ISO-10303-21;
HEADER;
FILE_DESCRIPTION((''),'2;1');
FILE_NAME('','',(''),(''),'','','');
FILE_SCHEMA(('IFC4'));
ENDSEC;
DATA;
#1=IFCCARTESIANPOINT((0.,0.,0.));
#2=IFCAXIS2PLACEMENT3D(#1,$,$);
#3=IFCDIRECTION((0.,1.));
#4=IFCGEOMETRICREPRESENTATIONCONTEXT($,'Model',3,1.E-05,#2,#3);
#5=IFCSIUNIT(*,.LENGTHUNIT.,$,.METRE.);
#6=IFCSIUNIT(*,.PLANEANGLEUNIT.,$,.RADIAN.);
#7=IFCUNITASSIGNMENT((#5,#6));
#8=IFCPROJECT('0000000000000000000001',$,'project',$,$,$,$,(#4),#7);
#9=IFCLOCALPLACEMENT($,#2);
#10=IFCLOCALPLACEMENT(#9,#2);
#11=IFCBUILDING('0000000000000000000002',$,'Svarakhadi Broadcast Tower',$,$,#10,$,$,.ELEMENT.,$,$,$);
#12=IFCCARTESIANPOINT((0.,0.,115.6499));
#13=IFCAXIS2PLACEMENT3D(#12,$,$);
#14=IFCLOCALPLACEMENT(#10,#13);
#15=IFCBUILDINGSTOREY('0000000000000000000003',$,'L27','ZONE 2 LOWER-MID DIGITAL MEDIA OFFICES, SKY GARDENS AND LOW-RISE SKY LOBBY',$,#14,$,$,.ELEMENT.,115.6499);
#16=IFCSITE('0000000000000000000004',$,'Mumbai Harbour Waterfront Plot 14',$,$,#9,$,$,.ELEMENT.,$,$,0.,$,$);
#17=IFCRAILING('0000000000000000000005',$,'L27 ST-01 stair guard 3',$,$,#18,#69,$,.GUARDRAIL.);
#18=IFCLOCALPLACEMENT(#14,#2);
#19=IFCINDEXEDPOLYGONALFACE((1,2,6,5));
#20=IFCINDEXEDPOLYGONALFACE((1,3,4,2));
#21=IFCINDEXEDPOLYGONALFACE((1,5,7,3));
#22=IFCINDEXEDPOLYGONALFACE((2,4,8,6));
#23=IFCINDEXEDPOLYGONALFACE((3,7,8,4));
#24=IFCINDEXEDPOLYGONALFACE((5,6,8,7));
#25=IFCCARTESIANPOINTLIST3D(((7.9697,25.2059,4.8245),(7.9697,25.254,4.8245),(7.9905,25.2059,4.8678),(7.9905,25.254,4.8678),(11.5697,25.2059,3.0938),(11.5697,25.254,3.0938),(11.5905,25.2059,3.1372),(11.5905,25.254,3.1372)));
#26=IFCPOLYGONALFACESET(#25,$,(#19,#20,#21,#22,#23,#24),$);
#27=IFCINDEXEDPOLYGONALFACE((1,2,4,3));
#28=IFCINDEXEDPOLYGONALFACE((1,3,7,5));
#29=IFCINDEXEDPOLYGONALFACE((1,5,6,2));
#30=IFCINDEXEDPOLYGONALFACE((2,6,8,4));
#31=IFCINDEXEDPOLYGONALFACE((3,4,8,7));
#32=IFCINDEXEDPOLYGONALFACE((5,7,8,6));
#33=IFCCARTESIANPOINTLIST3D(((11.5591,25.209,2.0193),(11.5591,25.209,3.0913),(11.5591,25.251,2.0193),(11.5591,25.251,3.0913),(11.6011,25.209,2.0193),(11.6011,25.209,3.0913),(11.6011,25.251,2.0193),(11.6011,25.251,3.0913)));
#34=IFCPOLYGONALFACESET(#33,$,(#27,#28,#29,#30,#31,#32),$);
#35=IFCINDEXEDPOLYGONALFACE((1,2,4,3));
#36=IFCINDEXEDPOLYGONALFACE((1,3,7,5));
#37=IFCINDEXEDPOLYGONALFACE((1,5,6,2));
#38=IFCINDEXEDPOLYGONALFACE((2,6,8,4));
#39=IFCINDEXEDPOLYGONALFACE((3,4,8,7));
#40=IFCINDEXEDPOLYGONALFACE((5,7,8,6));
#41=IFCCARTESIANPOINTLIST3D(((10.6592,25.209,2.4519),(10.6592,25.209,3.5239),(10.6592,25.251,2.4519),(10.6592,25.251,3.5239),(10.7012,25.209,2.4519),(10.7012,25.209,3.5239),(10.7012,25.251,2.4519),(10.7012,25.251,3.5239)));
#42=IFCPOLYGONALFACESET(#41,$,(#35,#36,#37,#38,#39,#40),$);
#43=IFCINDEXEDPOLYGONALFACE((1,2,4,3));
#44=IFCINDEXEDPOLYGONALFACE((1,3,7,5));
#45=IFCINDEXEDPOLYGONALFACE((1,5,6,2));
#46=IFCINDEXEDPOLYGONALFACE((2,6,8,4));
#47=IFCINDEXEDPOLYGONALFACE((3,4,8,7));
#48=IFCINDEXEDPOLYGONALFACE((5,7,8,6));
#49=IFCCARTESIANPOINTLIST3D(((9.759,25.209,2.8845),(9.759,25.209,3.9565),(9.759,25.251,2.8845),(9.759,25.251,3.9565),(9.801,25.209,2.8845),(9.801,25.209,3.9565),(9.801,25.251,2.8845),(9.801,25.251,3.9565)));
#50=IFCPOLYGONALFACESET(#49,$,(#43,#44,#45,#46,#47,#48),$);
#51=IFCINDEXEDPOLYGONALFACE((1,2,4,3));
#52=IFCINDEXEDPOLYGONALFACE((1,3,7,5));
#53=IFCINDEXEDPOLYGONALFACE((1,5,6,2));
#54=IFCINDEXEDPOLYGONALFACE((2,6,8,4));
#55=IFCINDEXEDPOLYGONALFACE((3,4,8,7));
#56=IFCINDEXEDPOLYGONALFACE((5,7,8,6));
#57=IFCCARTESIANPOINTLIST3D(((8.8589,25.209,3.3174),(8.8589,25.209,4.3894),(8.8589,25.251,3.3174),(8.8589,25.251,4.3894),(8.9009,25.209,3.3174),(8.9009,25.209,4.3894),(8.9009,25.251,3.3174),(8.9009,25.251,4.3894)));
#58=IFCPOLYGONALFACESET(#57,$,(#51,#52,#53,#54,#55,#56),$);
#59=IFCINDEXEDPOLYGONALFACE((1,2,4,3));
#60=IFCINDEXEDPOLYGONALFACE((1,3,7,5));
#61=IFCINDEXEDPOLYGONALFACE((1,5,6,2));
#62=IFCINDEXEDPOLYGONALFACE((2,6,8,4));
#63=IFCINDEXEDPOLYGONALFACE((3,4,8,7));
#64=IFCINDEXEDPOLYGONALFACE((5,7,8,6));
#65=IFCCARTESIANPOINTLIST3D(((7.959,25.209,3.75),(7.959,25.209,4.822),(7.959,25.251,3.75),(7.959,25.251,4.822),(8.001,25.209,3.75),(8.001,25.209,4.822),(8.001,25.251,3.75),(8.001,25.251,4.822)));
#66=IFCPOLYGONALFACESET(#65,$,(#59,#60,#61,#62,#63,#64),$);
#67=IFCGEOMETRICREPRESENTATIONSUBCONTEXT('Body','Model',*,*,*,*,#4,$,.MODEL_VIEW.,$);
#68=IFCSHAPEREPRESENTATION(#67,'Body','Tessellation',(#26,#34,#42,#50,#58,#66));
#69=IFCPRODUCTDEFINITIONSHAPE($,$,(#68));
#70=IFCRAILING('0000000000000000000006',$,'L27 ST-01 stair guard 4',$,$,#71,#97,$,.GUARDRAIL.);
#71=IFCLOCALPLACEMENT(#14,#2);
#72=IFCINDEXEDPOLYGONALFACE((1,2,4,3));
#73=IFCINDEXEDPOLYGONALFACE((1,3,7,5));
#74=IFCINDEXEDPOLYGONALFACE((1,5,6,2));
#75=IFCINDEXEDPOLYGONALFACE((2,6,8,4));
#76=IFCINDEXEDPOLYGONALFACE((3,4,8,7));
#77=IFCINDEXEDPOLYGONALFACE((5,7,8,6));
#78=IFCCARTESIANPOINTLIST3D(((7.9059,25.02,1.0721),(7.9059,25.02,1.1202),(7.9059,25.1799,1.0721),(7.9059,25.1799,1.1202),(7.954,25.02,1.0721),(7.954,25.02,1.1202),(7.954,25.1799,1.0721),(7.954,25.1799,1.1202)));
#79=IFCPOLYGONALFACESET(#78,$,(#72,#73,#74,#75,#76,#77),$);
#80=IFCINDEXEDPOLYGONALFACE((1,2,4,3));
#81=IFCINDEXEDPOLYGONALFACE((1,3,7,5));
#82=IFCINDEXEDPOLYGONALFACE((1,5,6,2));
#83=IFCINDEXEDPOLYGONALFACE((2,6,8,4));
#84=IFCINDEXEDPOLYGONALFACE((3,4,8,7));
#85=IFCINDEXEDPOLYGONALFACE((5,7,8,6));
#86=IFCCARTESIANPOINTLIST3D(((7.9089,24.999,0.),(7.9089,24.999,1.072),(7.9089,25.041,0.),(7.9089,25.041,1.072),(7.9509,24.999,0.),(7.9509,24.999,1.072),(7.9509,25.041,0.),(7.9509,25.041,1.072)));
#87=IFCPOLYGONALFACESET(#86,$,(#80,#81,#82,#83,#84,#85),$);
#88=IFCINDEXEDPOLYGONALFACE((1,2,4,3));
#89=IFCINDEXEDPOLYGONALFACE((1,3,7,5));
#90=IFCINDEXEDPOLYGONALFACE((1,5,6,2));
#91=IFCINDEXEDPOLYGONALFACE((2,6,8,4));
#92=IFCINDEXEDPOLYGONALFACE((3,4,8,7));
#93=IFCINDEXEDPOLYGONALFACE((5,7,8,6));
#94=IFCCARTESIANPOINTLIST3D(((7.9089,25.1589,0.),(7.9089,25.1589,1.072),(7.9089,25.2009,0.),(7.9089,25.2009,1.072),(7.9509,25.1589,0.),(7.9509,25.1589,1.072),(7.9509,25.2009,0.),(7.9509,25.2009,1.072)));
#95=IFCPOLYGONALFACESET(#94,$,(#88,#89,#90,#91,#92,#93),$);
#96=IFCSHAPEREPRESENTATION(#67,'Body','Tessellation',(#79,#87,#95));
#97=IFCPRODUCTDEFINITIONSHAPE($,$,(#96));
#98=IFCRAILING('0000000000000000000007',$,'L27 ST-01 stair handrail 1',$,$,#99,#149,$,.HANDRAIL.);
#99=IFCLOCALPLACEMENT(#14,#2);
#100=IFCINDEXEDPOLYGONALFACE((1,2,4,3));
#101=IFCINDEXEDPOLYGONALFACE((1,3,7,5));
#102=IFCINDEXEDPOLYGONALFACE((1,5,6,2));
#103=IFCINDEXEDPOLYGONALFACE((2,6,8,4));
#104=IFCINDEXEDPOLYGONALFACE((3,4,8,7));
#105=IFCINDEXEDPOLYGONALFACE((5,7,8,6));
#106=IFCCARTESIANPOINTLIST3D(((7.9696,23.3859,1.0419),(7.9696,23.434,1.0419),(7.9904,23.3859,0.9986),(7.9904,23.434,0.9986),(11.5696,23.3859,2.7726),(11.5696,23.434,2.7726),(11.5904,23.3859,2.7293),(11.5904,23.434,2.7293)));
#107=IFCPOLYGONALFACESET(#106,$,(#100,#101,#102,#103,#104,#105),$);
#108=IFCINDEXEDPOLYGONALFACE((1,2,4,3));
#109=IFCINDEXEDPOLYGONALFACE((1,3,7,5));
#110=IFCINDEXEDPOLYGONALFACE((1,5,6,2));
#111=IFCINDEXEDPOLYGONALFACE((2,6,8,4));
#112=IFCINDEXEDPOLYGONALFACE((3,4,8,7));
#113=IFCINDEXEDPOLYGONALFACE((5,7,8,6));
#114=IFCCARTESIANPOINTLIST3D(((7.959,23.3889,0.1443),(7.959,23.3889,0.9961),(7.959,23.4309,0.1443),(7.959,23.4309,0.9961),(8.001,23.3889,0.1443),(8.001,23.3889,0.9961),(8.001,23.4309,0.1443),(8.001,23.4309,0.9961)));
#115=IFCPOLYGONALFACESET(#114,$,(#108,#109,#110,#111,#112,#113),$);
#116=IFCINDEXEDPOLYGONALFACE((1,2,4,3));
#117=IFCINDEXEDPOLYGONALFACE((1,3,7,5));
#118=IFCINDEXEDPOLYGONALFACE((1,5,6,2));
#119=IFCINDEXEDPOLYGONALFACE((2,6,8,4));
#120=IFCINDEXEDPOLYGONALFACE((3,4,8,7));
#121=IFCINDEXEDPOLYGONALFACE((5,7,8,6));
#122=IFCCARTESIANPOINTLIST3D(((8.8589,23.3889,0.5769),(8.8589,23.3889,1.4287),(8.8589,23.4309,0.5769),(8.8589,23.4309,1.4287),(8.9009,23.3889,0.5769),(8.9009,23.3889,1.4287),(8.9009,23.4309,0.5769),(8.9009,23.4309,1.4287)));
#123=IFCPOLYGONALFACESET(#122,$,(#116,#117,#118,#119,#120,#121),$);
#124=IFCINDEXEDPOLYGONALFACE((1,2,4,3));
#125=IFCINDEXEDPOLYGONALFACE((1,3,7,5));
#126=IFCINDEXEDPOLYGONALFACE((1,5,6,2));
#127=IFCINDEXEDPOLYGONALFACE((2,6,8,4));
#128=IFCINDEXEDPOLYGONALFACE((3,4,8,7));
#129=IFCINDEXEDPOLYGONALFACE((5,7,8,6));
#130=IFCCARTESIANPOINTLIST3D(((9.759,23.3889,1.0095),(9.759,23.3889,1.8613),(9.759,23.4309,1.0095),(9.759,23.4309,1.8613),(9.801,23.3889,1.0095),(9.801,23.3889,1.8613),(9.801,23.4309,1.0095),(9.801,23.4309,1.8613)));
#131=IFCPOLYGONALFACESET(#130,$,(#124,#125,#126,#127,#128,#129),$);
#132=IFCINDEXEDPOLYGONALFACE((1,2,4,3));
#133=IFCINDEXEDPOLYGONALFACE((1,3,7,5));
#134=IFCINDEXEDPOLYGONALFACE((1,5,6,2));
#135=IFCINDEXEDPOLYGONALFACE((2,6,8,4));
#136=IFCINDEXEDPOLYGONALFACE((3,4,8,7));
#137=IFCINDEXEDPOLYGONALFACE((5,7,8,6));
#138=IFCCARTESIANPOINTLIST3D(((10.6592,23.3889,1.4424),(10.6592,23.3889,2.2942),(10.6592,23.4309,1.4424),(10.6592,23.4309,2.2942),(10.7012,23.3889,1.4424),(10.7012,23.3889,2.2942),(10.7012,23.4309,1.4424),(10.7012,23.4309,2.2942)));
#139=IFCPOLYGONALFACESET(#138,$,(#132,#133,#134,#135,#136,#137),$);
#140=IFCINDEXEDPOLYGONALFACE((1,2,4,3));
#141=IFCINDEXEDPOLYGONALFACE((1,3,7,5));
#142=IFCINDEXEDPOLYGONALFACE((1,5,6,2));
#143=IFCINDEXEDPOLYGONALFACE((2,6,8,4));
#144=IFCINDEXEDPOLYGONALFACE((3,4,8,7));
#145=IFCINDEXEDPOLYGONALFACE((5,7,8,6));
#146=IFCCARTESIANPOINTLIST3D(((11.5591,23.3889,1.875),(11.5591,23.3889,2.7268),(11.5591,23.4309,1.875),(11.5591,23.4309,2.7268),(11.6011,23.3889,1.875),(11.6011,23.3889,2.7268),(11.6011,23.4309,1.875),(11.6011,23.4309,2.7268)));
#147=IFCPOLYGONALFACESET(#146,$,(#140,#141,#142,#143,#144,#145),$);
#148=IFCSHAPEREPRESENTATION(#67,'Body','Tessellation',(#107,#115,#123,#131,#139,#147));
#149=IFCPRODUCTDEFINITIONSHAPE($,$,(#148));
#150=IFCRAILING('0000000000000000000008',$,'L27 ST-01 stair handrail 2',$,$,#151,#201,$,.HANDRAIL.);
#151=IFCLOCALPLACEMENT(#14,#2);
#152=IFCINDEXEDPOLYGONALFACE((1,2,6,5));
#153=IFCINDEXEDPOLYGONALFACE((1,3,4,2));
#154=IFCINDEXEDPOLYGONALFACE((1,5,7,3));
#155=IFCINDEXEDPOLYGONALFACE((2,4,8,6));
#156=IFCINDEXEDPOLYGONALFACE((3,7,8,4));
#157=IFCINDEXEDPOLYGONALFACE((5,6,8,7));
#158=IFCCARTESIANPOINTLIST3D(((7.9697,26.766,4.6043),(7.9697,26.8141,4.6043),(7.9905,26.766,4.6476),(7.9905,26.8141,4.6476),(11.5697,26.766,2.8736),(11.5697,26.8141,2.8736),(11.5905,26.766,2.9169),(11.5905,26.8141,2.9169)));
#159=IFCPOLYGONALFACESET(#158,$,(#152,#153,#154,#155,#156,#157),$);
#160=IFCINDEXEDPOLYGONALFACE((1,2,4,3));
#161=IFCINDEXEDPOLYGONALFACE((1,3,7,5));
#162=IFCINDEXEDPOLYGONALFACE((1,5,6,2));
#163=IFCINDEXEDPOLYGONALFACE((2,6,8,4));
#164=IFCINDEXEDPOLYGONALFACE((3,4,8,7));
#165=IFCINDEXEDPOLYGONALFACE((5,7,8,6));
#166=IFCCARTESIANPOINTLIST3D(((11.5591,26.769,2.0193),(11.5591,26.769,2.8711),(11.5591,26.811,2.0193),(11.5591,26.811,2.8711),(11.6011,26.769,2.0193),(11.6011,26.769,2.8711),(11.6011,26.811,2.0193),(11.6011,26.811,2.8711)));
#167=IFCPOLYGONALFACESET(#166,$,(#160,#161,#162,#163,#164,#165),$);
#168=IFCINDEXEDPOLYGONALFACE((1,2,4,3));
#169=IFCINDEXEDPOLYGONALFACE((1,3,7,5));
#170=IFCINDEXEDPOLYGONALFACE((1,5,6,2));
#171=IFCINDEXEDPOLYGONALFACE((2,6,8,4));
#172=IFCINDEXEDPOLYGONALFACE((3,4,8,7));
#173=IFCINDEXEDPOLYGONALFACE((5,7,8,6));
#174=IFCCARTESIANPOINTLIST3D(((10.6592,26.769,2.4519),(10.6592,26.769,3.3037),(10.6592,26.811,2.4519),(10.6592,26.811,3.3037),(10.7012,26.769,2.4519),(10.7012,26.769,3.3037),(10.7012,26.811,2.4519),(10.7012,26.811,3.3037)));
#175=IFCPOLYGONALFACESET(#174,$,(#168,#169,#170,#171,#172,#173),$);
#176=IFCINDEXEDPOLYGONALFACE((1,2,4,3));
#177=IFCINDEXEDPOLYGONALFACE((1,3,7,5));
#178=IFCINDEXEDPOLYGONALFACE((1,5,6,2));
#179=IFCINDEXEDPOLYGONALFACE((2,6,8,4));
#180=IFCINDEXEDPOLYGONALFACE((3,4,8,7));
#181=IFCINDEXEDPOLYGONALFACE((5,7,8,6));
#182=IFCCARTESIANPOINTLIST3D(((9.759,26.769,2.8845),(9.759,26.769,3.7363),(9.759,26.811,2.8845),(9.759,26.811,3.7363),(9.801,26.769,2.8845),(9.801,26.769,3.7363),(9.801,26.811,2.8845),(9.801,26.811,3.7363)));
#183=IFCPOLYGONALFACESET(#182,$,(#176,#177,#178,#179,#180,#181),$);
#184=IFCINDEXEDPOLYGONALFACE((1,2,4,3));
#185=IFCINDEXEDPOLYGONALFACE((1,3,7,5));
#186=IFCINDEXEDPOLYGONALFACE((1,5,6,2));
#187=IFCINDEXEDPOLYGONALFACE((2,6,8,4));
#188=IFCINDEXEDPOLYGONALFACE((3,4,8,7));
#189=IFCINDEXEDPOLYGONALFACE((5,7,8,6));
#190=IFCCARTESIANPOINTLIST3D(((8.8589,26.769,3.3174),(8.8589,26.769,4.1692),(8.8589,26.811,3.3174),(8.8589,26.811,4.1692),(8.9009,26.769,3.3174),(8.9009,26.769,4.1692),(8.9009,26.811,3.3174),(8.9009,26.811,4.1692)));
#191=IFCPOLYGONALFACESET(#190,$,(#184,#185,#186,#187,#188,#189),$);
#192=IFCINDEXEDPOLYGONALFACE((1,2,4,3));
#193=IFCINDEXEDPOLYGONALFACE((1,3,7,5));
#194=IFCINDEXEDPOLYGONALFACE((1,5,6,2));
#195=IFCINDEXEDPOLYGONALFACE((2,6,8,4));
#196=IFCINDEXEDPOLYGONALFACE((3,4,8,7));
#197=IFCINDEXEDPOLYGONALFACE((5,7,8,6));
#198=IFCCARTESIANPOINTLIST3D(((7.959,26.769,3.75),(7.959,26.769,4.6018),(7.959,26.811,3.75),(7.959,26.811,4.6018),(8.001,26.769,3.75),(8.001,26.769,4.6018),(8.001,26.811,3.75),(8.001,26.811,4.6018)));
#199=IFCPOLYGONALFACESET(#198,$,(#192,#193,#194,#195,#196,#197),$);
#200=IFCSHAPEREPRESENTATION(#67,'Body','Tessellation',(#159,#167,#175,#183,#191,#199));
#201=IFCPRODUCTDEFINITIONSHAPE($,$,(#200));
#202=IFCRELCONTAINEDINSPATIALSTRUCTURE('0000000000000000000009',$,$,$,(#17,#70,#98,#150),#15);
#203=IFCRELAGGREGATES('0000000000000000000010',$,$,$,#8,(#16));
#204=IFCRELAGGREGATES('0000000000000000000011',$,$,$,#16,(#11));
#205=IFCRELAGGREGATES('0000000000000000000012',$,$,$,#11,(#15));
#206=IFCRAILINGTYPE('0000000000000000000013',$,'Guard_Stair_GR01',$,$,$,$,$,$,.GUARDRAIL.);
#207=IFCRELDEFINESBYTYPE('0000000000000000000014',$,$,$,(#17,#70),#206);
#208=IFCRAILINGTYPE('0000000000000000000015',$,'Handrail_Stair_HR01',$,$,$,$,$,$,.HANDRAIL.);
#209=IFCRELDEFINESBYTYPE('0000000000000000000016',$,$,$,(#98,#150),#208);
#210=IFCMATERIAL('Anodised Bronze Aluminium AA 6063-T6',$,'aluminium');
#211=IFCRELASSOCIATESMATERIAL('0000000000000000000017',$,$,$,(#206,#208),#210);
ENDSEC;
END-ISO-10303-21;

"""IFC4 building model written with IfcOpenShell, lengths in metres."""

from ifc_helpers import new_model, si_unit, direction, frame, origin, origin_2d, place, context, subcontext, project, spatial, rectangle, extrude, material, type_object, element, save


model = new_model("IFC4")

# Units and contexts
model_context = context("Model", 3, precision=1e-05, world=origin(), true_north=direction((0.0, 1.0)))
body_context = subcontext(model_context, "Body", "Model", "MODEL_VIEW")
ifc_project = project(units=[si_unit("LENGTHUNIT", "METRE"), si_unit("PLANEANGLEUNIT", "RADIAN")], contexts=[model_context])

# Site, building, storey
site_placement = place(None, origin())
site = spatial("IfcSite", under=ifc_project, at=site_placement, Name="Mumbai Harbour Waterfront Plot 14", CompositionType="ELEMENT", RefElevation=0.0)
building_placement = place(site_placement, origin())
building = spatial("IfcBuilding", under=site, at=building_placement, Name="Svarakhadi Broadcast Tower", CompositionType="ELEMENT")
storey_placement = place(building_placement, frame((0.0, 0.0, 115.6499)))
storey = spatial("IfcBuildingStorey", under=building, at=storey_placement, Name="L27", Description="ZONE 2 LOWER-MID DIGITAL MEDIA OFFICES, SKY GARDENS AND LOW-RISE SKY LOBBY", CompositionType="ELEMENT", Elevation=115.6499)

# Railings
ifc_material_1 = material(Name="Anodised Bronze Aluminium AA 6063-T6", Category="aluminium")
railing_type_1 = type_object("IfcRailingType", Name="Guard_Stair_GR01", PredefinedType="GUARDRAIL", material=ifc_material_1)
railing_1_placement = place(storey_placement, frame((11.5801, 25.23, 2.0193)))
element("IfcRailing", 1, at=railing_1_placement, inside=storey, type_object=railing_type_1, Name="L27 ST-01 stair guard 3", PredefinedType="GUARDRAIL", context=body_context, shape_type="SweptSolid", body=[
    extrude(rectangle(XDim=0.0481, YDim=0.0481, at=origin_2d()), frame((0.0, 0.0, 1.0962), z_axis=(-0.901263, 0.0, 0.433273), x_axis=(0.0, -1.0, 0.0)), (0.0, 0.0, 1.0), 3.9944),
    extrude(rectangle(XDim=0.042, YDim=0.042, at=origin_2d()), origin(), (0.0, 0.0, 1.0), 1.072),
    extrude(rectangle(XDim=0.042, YDim=0.042, at=origin_2d()), frame((-0.8999, 0.0, 0.4326)), (0.0, 0.0, 1.0), 1.072),
    extrude(rectangle(XDim=0.042, YDim=0.042, at=origin_2d()), frame((-1.8, 0.0, 0.8652)), (0.0, 0.0, 1.0), 1.072),
    extrude(rectangle(XDim=0.042, YDim=0.042, at=origin_2d()), frame((-2.7002, 0.0, 1.2981)), (0.0, 0.0, 1.0), 1.072),
    extrude(rectangle(XDim=0.042, YDim=0.042, at=origin_2d()), frame((-3.6001, 0.0, 1.7307)), (0.0, 0.0, 1.0), 1.072),
])
railing_2_placement = place(storey_placement, frame((7.9299, 25.02, 0.0)))
element("IfcRailing", 2, at=railing_2_placement, inside=storey, type_object=railing_type_1, Name="L27 ST-01 stair guard 4", PredefinedType="GUARDRAIL", context=body_context, shape_type="SweptSolid", body=[
    extrude(rectangle(XDim=0.0481, YDim=0.0481, at=origin_2d()), frame((0.0, 0.0, 1.0962), z_axis=(0.0, 1.0, 0.0), x_axis=(-1.0, 0.0, 0.0)), (0.0, 0.0, 1.0), 0.1599),
    extrude(rectangle(XDim=0.042, YDim=0.042, at=origin_2d()), origin(), (0.0, 0.0, 1.0), 1.072),
    extrude(rectangle(XDim=0.042, YDim=0.042, at=origin_2d()), frame((0.0, 0.1599, 0.0)), (0.0, 0.0, 1.0), 1.072),
])
railing_type_2 = type_object("IfcRailingType", Name="Handrail_Stair_HR01", PredefinedType="HANDRAIL", material=ifc_material_1)
railing_3_placement = place(storey_placement, frame((7.98, 23.4099, 0.1443)))
element("IfcRailing", 3, at=railing_3_placement, inside=storey, type_object=railing_type_2, Name="L27 ST-01 stair handrail 1", PredefinedType="HANDRAIL", context=body_context, shape_type="SweptSolid", body=[
    extrude(rectangle(XDim=0.0481, YDim=0.0481, at=origin_2d()), frame((0.0, 0.0, 0.876), z_axis=(0.901263, 0.0, 0.433273), x_axis=(0.0, 1.0, 0.0)), (0.0, 0.0, 1.0), 3.9944),
    extrude(rectangle(XDim=0.042, YDim=0.042, at=origin_2d()), origin(), (0.0, 0.0, 1.0), 0.8518),
    extrude(rectangle(XDim=0.042, YDim=0.042, at=origin_2d()), frame((0.8999, 0.0, 0.4326)), (0.0, 0.0, 1.0), 0.8518),
    extrude(rectangle(XDim=0.042, YDim=0.042, at=origin_2d()), frame((1.8, 0.0, 0.8652)), (0.0, 0.0, 1.0), 0.8518),
    extrude(rectangle(XDim=0.042, YDim=0.042, at=origin_2d()), frame((2.7002, 0.0, 1.2981)), (0.0, 0.0, 1.0), 0.8518),
    extrude(rectangle(XDim=0.042, YDim=0.042, at=origin_2d()), frame((3.6001, 0.0, 1.7307)), (0.0, 0.0, 1.0), 0.8518),
])
railing_4_placement = place(storey_placement, frame((11.5801, 26.79, 2.0193)))
element("IfcRailing", 4, at=railing_4_placement, inside=storey, type_object=railing_type_2, Name="L27 ST-01 stair handrail 2", PredefinedType="HANDRAIL", context=body_context, shape_type="SweptSolid", body=[
    extrude(rectangle(XDim=0.0481, YDim=0.0481, at=origin_2d()), frame((0.0, 0.0, 0.876), z_axis=(-0.901263, 0.0, 0.433273), x_axis=(0.0, -1.0, 0.0)), (0.0, 0.0, 1.0), 3.9944),
    extrude(rectangle(XDim=0.042, YDim=0.042, at=origin_2d()), origin(), (0.0, 0.0, 1.0), 0.8518),
    extrude(rectangle(XDim=0.042, YDim=0.042, at=origin_2d()), frame((-0.8999, 0.0, 0.4326)), (0.0, 0.0, 1.0), 0.8518),
    extrude(rectangle(XDim=0.042, YDim=0.042, at=origin_2d()), frame((-1.8, 0.0, 0.8652)), (0.0, 0.0, 1.0), 0.8518),
    extrude(rectangle(XDim=0.042, YDim=0.042, at=origin_2d()), frame((-2.7002, 0.0, 1.2981)), (0.0, 0.0, 1.0), 0.8518),
    extrude(rectangle(XDim=0.042, YDim=0.042, at=origin_2d()), frame((-3.6001, 0.0, 1.7307)), (0.0, 0.0, 1.0), 0.8518),
])

save(model, "model.ifc")
